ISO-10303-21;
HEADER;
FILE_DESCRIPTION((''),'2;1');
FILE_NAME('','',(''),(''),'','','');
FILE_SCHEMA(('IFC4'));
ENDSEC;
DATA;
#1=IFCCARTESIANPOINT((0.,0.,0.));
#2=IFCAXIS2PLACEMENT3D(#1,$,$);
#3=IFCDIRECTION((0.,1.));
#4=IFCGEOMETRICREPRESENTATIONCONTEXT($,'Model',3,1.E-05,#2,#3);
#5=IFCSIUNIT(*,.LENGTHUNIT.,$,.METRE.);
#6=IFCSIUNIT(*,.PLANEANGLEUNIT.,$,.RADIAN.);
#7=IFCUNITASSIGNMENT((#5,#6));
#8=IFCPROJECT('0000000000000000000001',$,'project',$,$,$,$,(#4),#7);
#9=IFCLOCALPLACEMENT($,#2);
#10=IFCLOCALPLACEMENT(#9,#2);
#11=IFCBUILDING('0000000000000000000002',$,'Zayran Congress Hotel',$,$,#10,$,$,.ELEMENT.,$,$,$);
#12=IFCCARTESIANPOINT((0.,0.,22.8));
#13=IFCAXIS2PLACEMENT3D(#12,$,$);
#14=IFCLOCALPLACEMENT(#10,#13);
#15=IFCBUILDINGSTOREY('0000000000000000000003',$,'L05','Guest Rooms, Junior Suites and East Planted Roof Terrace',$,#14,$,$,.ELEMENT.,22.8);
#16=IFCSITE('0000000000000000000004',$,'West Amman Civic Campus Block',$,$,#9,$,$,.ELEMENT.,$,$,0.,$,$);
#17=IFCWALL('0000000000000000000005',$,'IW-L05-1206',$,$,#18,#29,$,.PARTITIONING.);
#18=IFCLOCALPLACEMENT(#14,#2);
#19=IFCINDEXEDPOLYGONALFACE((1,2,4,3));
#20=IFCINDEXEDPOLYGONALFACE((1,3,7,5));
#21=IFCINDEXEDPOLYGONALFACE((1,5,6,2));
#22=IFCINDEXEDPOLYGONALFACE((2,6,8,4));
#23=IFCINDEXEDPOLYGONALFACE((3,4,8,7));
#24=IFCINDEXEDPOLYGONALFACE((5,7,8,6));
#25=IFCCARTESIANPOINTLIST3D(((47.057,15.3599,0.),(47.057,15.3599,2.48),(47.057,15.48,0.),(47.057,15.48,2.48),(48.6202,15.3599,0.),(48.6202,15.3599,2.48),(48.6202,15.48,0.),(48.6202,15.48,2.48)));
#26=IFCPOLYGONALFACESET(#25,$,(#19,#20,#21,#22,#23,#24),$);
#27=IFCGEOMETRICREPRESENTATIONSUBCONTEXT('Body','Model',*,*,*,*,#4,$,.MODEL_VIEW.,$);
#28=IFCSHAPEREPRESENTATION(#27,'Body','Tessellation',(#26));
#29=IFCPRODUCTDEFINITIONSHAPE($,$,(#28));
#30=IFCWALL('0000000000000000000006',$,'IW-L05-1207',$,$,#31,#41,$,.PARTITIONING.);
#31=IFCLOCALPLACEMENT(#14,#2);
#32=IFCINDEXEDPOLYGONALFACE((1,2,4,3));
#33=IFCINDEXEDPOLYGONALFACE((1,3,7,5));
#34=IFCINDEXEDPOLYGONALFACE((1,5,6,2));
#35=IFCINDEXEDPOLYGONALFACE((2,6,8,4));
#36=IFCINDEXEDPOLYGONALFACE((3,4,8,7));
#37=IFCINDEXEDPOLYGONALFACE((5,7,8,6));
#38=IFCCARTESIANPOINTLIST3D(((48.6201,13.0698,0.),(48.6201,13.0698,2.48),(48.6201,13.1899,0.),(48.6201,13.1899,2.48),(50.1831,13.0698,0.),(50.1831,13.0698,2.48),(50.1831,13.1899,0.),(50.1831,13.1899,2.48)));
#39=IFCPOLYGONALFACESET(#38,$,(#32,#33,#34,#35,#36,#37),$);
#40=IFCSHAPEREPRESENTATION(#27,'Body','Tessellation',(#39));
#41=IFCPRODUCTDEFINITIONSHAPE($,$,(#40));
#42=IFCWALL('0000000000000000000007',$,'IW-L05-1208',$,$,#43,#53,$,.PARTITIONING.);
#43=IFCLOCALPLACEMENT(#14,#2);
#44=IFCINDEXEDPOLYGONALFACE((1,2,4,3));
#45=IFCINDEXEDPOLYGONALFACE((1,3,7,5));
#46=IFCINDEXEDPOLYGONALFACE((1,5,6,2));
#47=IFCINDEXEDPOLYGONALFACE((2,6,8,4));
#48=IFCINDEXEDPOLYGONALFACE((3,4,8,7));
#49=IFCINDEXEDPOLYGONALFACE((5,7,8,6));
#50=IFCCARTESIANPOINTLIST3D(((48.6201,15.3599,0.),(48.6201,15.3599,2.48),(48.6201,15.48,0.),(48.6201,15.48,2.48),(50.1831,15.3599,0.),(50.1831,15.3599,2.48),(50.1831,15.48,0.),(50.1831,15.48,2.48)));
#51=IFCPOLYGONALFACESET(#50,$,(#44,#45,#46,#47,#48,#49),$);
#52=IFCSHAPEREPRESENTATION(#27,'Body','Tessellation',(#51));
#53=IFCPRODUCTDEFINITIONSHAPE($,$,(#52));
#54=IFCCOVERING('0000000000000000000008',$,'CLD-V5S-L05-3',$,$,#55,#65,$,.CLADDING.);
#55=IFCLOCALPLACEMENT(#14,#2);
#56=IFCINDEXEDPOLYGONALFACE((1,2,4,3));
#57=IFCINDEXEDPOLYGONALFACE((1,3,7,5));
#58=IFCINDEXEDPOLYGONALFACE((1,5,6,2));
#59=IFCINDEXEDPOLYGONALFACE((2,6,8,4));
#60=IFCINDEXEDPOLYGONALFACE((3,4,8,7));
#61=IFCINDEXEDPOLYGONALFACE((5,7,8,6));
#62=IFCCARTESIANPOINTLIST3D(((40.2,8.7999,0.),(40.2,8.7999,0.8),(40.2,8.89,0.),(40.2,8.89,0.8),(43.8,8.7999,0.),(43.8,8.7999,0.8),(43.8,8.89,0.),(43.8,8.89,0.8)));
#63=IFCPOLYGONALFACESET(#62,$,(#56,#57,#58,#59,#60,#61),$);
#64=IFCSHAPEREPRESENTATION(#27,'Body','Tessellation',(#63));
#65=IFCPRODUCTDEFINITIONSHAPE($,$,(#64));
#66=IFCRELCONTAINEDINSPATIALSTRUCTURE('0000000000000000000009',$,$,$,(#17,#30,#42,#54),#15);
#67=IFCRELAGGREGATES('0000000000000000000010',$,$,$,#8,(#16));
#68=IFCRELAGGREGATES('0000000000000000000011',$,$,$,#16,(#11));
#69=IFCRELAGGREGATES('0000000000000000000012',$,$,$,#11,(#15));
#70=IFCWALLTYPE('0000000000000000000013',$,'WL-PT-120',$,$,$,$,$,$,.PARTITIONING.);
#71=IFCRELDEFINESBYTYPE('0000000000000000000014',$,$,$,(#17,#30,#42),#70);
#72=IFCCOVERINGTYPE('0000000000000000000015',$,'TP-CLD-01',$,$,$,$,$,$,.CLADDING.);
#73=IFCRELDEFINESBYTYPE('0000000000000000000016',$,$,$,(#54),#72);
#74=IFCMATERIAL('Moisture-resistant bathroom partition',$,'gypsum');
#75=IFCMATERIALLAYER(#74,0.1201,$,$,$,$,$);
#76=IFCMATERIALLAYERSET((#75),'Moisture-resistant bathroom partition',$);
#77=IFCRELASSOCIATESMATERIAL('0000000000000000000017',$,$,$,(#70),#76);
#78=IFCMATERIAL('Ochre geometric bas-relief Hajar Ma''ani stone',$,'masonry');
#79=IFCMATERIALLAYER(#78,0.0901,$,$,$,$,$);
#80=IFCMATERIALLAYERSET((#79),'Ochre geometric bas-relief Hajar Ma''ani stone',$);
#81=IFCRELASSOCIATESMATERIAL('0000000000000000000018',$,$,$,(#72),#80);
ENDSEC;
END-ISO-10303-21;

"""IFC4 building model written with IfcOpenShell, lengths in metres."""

from ifc_helpers import new_model, si_unit, direction, frame, frame_2d, origin, origin_2d, place, context, subcontext, project, spatial, rectangle, extrude, material, layer, layer_set, type_object, element, save


model = new_model("IFC4")

# Units and contexts
model_context = context("Model", 3, precision=1e-05, world=origin(), true_north=direction((0.0, 1.0)))
body_context = subcontext(model_context, "Body", "Model", "MODEL_VIEW")
ifc_project = project(units=[si_unit("LENGTHUNIT", "METRE"), si_unit("PLANEANGLEUNIT", "RADIAN")], contexts=[model_context])

# Site, building, storey
site_placement = place(None, origin())
site = spatial("IfcSite", under=ifc_project, at=site_placement, Name="West Amman Civic Campus Block", CompositionType="ELEMENT", RefElevation=0.0)
building_placement = place(site_placement, origin())
building = spatial("IfcBuilding", under=site, at=building_placement, Name="Zayran Congress Hotel", CompositionType="ELEMENT")
storey_placement = place(building_placement, frame((0.0, 0.0, 22.8)))
storey = spatial("IfcBuildingStorey", under=building, at=storey_placement, Name="L05", Description="Guest Rooms, Junior Suites and East Planted Roof Terrace", CompositionType="ELEMENT", Elevation=22.8)

# Shared definitions
ifc_material_1 = material(Name="Moisture-resistant bathroom partition", Category="gypsum")
ifc_layer_1 = layer(ifc_material_1, 0.1201)
ifc_layer_set_1 = layer_set([ifc_layer_1], Name="Moisture-resistant bathroom partition")
wall_type_1 = type_object("IfcWallType", Name="WL-PT-120", PredefinedType="PARTITIONING", material=ifc_layer_set_1)

# Walls
for number, where, z_axis, x_axis, name in (
    (1, (47.0569, 15.4199, 0.0), (0.0, 0.0, 1.0), (1.0, 0.0, 0.0), "IW-L05-1206"),
):
    element("IfcWall", number, at=place(storey_placement, frame(where, z_axis=z_axis, x_axis=x_axis)), inside=storey, type_object=wall_type_1, Name=name, PredefinedType="PARTITIONING", context=body_context, shape_type="SweptSolid", body=[
        extrude(rectangle(XDim=1.5632, YDim=0.1201, at=frame_2d((0.7817, 0.0))), origin(), (0.0, 0.0, 1.0), 2.48),
    ])
for number, where, z_axis, x_axis, name in (
    (2, (48.6201, 13.1299, 0.0), (0.0, 0.0, 1.0), (1.0, 0.0, 0.0), "IW-L05-1207"),
    (3, (48.6201, 15.4199, 0.0), (0.0, 0.0, 1.0), (1.0, 0.0, 0.0), "IW-L05-1208"),
):
    element("IfcWall", number, at=place(storey_placement, frame(where, z_axis=z_axis, x_axis=x_axis)), inside=storey, type_object=wall_type_1, Name=name, PredefinedType="PARTITIONING", context=body_context, shape_type="SweptSolid", body=[
        extrude(rectangle(XDim=1.563, YDim=0.1201, at=frame_2d((0.7815, 0.0))), origin(), (0.0, 0.0, 1.0), 2.48),
    ])

# Covering
ifc_material_2 = material(Name="Ochre geometric bas-relief Hajar Ma'ani stone", Category="masonry")
ifc_layer_2 = layer(ifc_material_2, 0.0901)
ifc_layer_set_2 = layer_set([ifc_layer_2], Name="Ochre geometric bas-relief Hajar Ma'ani stone")
covering_type = type_object("IfcCoveringType", Name="TP-CLD-01", PredefinedType="CLADDING", material=ifc_layer_set_2)
covering_placement = place(storey_placement, frame((42.0, 8.845, 0.0), z_axis=(0.0, 0.0, 1.0), x_axis=(1.0, 0.0, 0.0)))
element("IfcCovering", 4, at=covering_placement, inside=storey, type_object=covering_type, Name="CLD-V5S-L05-3", PredefinedType="CLADDING", context=body_context, shape_type="SweptSolid", body=[
    extrude(rectangle(XDim=3.6001, YDim=0.0901, at=origin_2d()), origin(), (0.0, 0.0, 1.0), 0.8),
])

save(model, "model.ifc")
